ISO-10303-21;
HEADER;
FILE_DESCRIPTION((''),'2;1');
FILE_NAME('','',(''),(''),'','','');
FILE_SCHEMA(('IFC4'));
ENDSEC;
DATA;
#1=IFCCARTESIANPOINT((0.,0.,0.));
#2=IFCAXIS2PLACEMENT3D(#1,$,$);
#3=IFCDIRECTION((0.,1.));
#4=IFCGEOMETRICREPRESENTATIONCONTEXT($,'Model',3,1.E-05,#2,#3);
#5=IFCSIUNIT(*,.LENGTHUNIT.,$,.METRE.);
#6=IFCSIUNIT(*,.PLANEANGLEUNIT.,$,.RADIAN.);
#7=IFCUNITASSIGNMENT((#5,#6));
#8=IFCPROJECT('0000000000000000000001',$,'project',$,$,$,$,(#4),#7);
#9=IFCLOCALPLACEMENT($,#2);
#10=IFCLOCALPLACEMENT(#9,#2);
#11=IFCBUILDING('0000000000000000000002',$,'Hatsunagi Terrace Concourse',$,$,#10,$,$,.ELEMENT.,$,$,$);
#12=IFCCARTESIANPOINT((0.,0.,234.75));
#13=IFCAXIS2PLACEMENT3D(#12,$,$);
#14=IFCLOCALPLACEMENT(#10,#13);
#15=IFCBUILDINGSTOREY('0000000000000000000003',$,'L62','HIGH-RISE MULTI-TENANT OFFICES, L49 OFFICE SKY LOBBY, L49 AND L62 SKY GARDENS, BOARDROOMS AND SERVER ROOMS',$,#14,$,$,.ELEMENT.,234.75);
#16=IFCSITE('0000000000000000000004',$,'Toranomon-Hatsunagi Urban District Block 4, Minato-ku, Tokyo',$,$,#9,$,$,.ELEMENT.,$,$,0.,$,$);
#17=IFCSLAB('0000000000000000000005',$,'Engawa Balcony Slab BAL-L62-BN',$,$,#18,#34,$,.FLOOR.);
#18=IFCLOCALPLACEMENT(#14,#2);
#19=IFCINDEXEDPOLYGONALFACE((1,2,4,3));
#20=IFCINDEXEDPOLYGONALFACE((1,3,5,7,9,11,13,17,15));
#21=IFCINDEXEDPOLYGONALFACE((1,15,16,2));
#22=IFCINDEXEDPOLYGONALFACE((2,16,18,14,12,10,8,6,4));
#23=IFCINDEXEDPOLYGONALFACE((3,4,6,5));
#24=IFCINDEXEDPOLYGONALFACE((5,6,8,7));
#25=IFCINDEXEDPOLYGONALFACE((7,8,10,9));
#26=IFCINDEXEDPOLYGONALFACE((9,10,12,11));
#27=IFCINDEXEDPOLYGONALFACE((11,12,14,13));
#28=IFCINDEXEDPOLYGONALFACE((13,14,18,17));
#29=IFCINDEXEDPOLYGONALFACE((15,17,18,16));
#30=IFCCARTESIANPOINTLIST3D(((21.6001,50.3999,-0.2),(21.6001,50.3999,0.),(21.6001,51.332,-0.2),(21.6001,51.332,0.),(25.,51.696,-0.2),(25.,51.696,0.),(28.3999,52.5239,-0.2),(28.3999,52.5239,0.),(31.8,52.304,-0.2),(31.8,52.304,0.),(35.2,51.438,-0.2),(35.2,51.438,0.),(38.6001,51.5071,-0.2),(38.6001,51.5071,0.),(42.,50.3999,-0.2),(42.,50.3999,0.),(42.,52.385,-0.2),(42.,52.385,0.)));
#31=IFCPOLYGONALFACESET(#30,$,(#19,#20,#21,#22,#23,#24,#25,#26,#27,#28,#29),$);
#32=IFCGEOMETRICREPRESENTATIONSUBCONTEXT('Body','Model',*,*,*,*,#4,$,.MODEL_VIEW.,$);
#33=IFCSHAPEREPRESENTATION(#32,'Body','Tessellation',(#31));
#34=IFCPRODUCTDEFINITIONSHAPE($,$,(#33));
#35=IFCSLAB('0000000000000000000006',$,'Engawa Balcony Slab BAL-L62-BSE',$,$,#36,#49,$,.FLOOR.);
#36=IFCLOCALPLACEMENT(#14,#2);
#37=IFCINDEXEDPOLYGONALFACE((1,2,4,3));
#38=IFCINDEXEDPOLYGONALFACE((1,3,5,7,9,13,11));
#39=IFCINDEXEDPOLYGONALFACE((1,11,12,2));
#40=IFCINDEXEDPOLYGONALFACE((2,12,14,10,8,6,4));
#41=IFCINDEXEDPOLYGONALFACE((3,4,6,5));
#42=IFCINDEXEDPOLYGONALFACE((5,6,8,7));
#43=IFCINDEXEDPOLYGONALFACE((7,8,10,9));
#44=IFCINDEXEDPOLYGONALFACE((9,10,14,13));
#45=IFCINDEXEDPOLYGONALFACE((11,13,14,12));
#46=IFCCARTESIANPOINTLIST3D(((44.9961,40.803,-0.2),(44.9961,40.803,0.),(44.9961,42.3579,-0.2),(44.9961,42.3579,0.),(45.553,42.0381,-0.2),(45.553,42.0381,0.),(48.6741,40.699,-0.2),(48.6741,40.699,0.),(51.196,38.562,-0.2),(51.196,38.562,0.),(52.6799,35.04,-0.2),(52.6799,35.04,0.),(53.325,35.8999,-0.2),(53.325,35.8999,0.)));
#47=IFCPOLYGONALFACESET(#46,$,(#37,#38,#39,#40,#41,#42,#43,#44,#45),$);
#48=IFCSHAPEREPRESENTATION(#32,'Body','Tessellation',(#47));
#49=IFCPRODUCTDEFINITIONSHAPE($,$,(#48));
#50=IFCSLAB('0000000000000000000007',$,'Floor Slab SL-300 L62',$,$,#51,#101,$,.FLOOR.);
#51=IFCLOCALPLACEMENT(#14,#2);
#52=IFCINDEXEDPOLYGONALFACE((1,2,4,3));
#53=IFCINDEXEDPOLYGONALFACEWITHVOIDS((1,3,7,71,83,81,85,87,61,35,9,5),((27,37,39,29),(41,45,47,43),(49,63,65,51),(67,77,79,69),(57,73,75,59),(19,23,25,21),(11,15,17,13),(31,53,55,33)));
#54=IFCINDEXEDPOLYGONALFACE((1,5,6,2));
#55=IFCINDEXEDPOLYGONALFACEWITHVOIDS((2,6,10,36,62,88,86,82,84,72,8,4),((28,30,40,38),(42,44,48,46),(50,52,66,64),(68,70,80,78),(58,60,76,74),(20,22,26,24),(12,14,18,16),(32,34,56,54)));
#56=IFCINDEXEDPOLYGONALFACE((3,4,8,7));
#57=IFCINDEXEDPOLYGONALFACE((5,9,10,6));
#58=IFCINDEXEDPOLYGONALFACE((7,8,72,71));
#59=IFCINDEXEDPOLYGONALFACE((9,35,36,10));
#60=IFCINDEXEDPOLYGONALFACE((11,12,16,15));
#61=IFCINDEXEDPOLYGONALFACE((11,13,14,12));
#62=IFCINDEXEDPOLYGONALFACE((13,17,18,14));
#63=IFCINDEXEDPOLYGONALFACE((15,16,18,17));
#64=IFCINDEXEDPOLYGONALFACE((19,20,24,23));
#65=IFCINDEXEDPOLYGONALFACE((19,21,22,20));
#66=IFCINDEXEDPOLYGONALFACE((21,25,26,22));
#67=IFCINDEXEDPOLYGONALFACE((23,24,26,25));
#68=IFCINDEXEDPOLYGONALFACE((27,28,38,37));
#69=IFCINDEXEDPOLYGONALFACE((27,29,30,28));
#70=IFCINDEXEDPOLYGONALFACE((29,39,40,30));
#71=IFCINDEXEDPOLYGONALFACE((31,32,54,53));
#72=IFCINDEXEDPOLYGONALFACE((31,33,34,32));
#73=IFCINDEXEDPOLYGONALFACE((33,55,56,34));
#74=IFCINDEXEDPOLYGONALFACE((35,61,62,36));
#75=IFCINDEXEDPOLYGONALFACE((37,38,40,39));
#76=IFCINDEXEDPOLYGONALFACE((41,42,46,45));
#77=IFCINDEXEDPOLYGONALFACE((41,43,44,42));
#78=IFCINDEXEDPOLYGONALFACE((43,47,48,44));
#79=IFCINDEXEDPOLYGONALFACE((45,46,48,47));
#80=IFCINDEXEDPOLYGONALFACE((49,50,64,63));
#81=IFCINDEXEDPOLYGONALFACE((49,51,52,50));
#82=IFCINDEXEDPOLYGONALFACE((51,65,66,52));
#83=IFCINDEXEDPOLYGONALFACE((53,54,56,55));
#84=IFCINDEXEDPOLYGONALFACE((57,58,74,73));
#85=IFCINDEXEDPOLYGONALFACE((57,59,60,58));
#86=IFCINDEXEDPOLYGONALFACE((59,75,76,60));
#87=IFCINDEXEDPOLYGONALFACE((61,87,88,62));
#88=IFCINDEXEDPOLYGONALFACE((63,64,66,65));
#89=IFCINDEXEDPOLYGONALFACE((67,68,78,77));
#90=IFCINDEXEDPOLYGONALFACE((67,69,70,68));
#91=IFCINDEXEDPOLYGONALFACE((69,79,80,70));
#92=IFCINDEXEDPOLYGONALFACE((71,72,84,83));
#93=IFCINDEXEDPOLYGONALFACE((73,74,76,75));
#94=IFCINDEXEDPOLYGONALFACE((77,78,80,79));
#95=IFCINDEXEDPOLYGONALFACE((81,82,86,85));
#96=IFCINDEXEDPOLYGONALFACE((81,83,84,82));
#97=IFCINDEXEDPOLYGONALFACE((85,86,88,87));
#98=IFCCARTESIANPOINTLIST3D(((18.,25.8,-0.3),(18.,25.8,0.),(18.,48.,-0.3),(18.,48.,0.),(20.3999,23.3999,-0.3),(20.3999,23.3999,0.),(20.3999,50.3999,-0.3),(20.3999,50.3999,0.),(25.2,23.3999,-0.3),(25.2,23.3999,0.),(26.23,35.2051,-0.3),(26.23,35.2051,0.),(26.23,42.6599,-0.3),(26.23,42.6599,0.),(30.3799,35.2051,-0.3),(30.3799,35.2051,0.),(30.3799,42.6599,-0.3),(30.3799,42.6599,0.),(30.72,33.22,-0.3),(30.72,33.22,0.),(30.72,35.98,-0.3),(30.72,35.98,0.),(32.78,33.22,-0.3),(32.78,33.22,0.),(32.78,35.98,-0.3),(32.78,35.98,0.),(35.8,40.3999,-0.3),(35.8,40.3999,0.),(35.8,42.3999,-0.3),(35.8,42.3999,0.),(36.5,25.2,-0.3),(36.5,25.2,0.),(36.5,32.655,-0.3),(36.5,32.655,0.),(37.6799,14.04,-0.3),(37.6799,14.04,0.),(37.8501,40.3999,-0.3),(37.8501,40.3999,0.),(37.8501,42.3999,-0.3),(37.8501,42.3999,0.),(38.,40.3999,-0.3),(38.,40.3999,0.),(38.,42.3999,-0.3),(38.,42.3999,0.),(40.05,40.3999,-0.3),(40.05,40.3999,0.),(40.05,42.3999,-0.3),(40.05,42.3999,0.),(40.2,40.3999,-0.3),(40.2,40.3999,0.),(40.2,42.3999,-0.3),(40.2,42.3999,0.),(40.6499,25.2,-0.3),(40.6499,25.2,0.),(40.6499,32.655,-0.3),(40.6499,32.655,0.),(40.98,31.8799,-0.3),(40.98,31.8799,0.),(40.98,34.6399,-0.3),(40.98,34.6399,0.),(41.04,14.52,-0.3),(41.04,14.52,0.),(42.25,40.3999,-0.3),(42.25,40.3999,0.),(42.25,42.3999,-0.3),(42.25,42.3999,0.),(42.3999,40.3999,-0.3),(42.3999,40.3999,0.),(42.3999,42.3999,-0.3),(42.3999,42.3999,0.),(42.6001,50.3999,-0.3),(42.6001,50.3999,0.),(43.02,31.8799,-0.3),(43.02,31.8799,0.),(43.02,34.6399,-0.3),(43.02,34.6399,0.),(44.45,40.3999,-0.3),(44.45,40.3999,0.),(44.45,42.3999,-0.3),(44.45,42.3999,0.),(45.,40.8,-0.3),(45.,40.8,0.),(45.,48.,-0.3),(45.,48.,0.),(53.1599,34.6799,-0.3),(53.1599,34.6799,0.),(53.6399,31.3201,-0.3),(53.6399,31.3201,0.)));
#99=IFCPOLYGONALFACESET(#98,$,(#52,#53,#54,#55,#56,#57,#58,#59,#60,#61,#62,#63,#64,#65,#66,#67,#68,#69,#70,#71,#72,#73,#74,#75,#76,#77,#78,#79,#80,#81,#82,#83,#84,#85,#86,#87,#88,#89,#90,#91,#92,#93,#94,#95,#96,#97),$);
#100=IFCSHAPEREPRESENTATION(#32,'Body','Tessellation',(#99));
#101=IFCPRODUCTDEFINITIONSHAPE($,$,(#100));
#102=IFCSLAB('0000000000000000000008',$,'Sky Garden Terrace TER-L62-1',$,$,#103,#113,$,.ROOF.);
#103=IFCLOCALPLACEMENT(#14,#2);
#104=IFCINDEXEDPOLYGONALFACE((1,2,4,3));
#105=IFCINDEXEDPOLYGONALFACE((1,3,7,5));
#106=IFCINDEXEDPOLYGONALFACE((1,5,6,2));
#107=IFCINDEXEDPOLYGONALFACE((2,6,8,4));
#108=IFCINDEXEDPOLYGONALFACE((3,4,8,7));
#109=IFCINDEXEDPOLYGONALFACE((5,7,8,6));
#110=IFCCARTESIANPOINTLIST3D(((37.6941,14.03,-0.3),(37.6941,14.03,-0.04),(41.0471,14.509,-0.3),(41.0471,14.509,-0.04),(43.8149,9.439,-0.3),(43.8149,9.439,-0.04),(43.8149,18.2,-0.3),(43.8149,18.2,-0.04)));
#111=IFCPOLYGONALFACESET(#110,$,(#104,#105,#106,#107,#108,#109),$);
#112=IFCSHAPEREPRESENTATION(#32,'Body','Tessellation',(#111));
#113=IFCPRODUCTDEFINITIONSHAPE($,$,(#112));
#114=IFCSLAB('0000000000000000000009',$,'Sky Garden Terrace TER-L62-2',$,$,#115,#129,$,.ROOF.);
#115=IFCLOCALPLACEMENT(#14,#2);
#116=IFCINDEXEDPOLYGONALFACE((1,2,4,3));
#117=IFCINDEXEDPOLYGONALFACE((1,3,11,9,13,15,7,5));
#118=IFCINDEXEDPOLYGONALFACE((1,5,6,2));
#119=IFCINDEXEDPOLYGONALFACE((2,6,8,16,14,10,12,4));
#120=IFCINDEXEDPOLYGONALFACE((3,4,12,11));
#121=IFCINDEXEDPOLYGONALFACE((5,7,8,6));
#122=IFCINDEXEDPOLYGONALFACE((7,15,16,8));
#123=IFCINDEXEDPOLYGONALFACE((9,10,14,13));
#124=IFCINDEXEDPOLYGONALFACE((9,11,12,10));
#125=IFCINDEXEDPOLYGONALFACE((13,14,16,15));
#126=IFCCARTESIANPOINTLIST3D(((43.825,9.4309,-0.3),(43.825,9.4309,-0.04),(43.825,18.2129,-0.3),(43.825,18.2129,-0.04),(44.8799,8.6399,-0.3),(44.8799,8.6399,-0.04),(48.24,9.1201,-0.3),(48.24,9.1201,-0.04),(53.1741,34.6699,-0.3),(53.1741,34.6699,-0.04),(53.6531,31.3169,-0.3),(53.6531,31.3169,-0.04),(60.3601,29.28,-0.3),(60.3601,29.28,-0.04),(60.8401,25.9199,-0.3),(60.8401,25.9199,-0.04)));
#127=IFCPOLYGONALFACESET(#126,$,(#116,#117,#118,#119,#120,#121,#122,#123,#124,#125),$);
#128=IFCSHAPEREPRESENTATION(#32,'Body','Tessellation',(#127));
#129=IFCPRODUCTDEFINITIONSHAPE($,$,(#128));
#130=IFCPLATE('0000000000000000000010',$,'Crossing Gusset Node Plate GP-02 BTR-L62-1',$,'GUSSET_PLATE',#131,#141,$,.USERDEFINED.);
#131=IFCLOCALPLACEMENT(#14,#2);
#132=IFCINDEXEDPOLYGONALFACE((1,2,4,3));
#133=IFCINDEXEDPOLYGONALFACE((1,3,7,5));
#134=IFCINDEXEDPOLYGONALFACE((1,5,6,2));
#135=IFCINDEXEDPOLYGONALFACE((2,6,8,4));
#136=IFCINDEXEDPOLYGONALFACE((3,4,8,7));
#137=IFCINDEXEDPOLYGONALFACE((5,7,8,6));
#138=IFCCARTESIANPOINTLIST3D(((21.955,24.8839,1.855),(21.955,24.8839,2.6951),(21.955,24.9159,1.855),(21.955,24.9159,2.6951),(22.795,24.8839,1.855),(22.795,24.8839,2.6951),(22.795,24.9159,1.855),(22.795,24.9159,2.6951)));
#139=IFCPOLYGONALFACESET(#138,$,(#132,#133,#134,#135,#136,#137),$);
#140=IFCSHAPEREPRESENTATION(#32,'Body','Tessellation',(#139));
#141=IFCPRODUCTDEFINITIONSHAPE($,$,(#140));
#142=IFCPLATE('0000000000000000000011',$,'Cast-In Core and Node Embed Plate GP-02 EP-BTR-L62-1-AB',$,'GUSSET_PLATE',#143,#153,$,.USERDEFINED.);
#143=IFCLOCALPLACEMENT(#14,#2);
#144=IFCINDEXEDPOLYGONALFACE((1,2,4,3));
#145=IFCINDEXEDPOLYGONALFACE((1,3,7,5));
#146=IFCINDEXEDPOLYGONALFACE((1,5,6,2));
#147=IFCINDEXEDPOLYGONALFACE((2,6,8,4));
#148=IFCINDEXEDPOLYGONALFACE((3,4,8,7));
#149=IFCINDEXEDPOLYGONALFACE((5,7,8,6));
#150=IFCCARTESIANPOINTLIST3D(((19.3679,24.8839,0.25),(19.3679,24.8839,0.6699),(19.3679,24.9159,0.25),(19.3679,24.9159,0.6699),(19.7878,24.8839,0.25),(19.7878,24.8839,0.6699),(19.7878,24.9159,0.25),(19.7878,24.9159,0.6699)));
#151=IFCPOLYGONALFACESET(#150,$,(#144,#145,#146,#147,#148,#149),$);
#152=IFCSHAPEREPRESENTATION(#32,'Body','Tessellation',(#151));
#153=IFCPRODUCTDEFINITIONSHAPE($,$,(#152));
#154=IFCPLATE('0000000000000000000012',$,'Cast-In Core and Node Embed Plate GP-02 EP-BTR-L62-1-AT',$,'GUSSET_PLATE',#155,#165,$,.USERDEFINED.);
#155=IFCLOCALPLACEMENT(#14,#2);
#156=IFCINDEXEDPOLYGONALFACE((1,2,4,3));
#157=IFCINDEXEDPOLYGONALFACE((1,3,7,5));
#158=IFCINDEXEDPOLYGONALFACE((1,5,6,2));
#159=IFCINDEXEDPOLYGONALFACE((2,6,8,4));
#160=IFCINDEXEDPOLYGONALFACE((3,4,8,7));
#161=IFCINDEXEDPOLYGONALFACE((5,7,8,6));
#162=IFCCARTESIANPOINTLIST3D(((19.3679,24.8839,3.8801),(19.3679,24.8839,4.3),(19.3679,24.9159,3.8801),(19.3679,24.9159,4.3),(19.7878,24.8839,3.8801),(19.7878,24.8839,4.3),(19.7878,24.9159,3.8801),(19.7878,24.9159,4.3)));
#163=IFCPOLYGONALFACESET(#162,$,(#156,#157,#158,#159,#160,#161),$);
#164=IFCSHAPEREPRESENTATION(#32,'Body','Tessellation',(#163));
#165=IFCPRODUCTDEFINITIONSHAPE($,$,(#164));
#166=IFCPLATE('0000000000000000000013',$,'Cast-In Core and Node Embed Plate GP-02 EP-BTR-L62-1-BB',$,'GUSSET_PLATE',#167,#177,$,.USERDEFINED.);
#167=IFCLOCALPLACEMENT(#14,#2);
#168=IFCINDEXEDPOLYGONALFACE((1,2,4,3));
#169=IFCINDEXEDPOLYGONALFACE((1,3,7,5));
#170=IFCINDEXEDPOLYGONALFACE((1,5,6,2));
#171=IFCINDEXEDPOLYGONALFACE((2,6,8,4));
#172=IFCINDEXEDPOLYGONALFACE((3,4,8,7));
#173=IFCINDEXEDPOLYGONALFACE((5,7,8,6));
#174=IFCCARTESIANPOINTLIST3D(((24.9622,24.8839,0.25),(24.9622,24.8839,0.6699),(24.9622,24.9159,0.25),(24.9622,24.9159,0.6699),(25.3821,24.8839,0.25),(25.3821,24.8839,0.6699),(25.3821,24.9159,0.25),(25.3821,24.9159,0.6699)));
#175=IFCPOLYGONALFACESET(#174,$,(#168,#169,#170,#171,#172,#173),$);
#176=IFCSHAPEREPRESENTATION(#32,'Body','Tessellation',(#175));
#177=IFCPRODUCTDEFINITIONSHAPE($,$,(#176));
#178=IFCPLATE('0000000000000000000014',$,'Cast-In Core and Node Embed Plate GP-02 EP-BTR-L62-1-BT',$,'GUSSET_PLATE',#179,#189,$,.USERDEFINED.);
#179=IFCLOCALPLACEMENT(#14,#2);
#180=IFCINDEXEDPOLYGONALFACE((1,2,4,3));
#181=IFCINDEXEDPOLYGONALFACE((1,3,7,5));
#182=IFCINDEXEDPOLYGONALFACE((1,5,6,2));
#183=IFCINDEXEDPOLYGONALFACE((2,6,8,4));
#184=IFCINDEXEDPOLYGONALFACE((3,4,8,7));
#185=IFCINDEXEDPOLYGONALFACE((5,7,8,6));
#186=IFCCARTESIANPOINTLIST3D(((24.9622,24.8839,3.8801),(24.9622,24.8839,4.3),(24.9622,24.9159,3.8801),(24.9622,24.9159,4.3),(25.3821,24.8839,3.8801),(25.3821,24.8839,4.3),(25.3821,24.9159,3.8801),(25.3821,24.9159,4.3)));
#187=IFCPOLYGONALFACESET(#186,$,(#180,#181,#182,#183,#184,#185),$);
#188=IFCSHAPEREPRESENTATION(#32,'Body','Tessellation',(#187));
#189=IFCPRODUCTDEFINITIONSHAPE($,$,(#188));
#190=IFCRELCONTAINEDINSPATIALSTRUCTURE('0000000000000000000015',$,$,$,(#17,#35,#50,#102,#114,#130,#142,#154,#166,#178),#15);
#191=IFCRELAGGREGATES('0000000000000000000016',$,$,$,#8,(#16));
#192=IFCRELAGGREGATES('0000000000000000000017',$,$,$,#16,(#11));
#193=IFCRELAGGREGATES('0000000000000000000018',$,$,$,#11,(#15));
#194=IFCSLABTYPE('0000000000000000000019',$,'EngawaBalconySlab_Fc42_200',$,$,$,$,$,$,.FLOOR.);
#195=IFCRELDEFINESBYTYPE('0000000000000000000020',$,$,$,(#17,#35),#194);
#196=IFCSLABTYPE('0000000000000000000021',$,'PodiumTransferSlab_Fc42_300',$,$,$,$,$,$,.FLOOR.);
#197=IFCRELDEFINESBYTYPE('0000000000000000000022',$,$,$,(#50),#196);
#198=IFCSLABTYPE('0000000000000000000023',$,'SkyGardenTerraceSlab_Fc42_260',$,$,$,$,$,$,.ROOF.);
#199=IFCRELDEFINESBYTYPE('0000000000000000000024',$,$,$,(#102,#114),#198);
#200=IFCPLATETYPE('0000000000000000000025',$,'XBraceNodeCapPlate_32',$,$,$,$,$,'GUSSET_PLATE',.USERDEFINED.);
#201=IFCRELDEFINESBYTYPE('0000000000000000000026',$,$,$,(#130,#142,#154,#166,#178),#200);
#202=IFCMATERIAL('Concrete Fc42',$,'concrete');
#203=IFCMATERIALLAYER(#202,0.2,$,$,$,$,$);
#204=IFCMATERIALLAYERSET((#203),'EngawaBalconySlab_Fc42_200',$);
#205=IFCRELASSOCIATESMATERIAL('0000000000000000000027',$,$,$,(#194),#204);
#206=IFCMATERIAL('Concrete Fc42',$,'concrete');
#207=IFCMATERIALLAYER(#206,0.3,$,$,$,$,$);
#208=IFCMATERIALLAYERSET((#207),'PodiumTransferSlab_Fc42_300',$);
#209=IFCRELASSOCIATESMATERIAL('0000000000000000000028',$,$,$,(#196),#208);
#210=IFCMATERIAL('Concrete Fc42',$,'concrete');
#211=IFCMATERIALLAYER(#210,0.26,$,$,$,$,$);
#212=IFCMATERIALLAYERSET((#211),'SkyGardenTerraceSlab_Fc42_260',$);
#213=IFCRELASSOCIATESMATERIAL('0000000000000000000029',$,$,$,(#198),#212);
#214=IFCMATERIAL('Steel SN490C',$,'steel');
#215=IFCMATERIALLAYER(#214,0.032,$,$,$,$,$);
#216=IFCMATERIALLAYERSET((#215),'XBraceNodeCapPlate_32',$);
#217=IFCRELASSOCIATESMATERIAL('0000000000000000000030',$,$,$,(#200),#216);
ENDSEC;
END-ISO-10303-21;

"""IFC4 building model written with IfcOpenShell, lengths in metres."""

from ifc_helpers import new_model, si_unit, direction, frame, origin, origin_2d, place, context, subcontext, project, spatial, polyline, rectangle, outline, extrude, material, layer, layer_set, type_object, element, save


model = new_model("IFC4")

# Units and contexts
model_context = context("Model", 3, precision=1e-05, world=origin(), true_north=direction((0.0, 1.0)))
body_context = subcontext(model_context, "Body", "Model", "MODEL_VIEW")
ifc_project = project(units=[si_unit("LENGTHUNIT", "METRE"), si_unit("PLANEANGLEUNIT", "RADIAN")], contexts=[model_context])

# Site, building, storey
site_placement = place(None, origin())
site = spatial("IfcSite", under=ifc_project, at=site_placement, Name="Toranomon-Hatsunagi Urban District Block 4, Minato-ku, Tokyo", CompositionType="ELEMENT", RefElevation=0.0)
building_placement = place(site_placement, origin())
building = spatial("IfcBuilding", under=site, at=building_placement, Name="Hatsunagi Terrace Concourse", CompositionType="ELEMENT")
storey_placement = place(building_placement, frame((0.0, 0.0, 234.75)))
storey = spatial("IfcBuildingStorey", under=building, at=storey_placement, Name="L62", Description="HIGH-RISE MULTI-TENANT OFFICES, L49 OFFICE SKY LOBBY, L49 AND L62 SKY GARDENS, BOARDROOMS AND SERVER ROOMS", CompositionType="ELEMENT", Elevation=234.75)

# Slabs
ifc_material_1 = material(Name="Concrete Fc42", Category="concrete")
ifc_layer_1 = layer(ifc_material_1, 0.2)
ifc_layer_set_1 = layer_set([ifc_layer_1], Name="EngawaBalconySlab_Fc42_200")
slab_type_1 = type_object("IfcSlabType", Name="EngawaBalconySlab_Fc42_200", PredefinedType="FLOOR", material=ifc_layer_set_1)
slab_1_placement = place(storey_placement, frame((0.0, 0.0, -0.2)))
element("IfcSlab", 1, at=slab_1_placement, inside=storey, type_object=slab_type_1, Name="Engawa Balcony Slab BAL-L62-BN", PredefinedType="FLOOR", context=body_context, shape_type="SweptSolid", body=[
    extrude(outline(polyline([(21.6001, 51.332), (21.6001, 50.3999), (42.0, 50.3999), (42.0, 52.385), (38.6001, 51.5071), (35.2, 51.438), (31.8, 52.304), (28.3999, 52.5239), (25.0, 51.696), (21.6001, 51.332)])), origin(), (0.0, 0.0, 1.0), 0.2),
])
slab_2_placement = place(storey_placement, frame((0.0, 0.0, -0.2)))
element("IfcSlab", 2, at=slab_2_placement, inside=storey, type_object=slab_type_1, Name="Engawa Balcony Slab BAL-L62-BSE", PredefinedType="FLOOR", context=body_context, shape_type="SweptSolid", body=[
    extrude(outline(polyline([(45.553, 42.0381), (44.9961, 42.3579), (44.9961, 40.803), (52.6799, 35.04), (53.325, 35.8999), (51.196, 38.562), (48.6741, 40.699), (45.553, 42.0381)])), origin(), (0.0, 0.0, 1.0), 0.2),
])
ifc_material_2 = material(Name="Concrete Fc42", Category="concrete")
ifc_layer_2 = layer(ifc_material_2, 0.3)
ifc_layer_set_2 = layer_set([ifc_layer_2], Name="PodiumTransferSlab_Fc42_300")
slab_type_2 = type_object("IfcSlabType", Name="PodiumTransferSlab_Fc42_300", PredefinedType="FLOOR", material=ifc_layer_set_2)
slab_3_placement = place(storey_placement, frame((0.0, 0.0, -0.3)))
element("IfcSlab", 3, at=slab_3_placement, inside=storey, type_object=slab_type_2, Name="Floor Slab SL-300 L62", PredefinedType="FLOOR", context=body_context, shape_type="SweptSolid", body=[
    extrude(outline(polyline([(45.0, 40.8), (45.0, 48.0), (42.6001, 50.3999), (20.3999, 50.3999), (18.0, 48.0), (18.0, 25.8), (20.3999, 23.3999), (25.2, 23.3999), (37.6799, 14.04), (41.04, 14.52), (53.6399, 31.3201), (53.1599, 34.6799), (45.0, 40.8)]), holes=[polyline([(26.23, 35.2051), (30.3799, 35.2051), (30.3799, 42.6599), (26.23, 42.6599), (26.23, 35.2051)]), polyline([(36.5, 25.2), (40.6499, 25.2), (40.6499, 32.655), (36.5, 32.655), (36.5, 25.2)]), polyline([(30.72, 33.22), (32.78, 33.22), (32.78, 35.98), (30.72, 35.98), (30.72, 33.22)]), polyline([(40.98, 31.8799), (43.02, 31.8799), (43.02, 34.6399), (40.98, 34.6399), (40.98, 31.8799)]), polyline([(35.8, 40.3999), (37.8501, 40.3999), (37.8501, 42.3999), (35.8, 42.3999), (35.8, 40.3999)]), polyline([(38.0, 40.3999), (40.05, 40.3999), (40.05, 42.3999), (38.0, 42.3999), (38.0, 40.3999)]), polyline([(40.2, 40.3999), (42.25, 40.3999), (42.25, 42.3999), (40.2, 42.3999), (40.2, 40.3999)]), polyline([(42.3999, 40.3999), (44.45, 40.3999), (44.45, 42.3999), (42.3999, 42.3999), (42.3999, 40.3999)])]), origin(), (0.0, 0.0, 1.0), 0.3),
])
ifc_material_3 = material(Name="Concrete Fc42", Category="concrete")
ifc_layer_3 = layer(ifc_material_3, 0.26)
ifc_layer_set_3 = layer_set([ifc_layer_3], Name="SkyGardenTerraceSlab_Fc42_260")
slab_type_3 = type_object("IfcSlabType", Name="SkyGardenTerraceSlab_Fc42_260", PredefinedType="ROOF", material=ifc_layer_set_3)
slab_4_placement = place(storey_placement, frame((0.0, 0.0, -0.3)))
element("IfcSlab", 4, at=slab_4_placement, inside=storey, type_object=slab_type_3, Name="Sky Garden Terrace TER-L62-1", PredefinedType="ROOF", context=body_context, shape_type="SweptSolid", body=[
    extrude(outline(polyline([(37.6941, 14.03), (43.8149, 9.439), (43.8149, 18.2), (41.0471, 14.509), (37.6941, 14.03)])), origin(), (0.0, 0.0, 1.0), 0.26),
])
slab_5_placement = place(storey_placement, frame((0.0, 0.0, -0.3)))
element("IfcSlab", 5, at=slab_5_placement, inside=storey, type_object=slab_type_3, Name="Sky Garden Terrace TER-L62-2", PredefinedType="ROOF", context=body_context, shape_type="SweptSolid", body=[
    extrude(outline(polyline([(60.8401, 25.9199), (60.3601, 29.28), (53.1741, 34.6699), (53.6531, 31.3169), (43.825, 18.2129), (43.825, 9.4309), (44.8799, 8.6399), (48.24, 9.1201), (60.8401, 25.9199)])), origin(), (0.0, 0.0, 1.0), 0.26),
])

# Plates
ifc_material_4 = material(Name="Steel SN490C", Category="steel")
ifc_layer_4 = layer(ifc_material_4, 0.032)
ifc_layer_set_4 = layer_set([ifc_layer_4], Name="XBraceNodeCapPlate_32")
plate_type = type_object("IfcPlateType", Name="XBraceNodeCapPlate_32", ElementType="GUSSET_PLATE", PredefinedType="USERDEFINED", material=ifc_layer_set_4)
plate_placement = place(storey_placement, frame((22.375, 24.8999, 1.855), z_axis=(0.0, 0.0, 1.0), x_axis=(1.0, 0.0, 0.0)))
element("IfcPlate", 6, at=plate_placement, inside=storey, type_object=plate_type, Name="Crossing Gusset Node Plate GP-02 BTR-L62-1", ObjectType="GUSSET_PLATE", PredefinedType="USERDEFINED", context=body_context, shape_type="SweptSolid", body=[
    extrude(rectangle(XDim=0.8401, YDim=0.032, at=origin_2d()), origin(), (0.0, 0.0, 1.0), 0.8401),
])
for number, where, z_axis, x_axis, name in (
    (7, (19.5779, 24.8999, 0.25), (0.0, 0.0, 1.0), (1.0, 0.0, 0.0), "Cast-In Core and Node Embed Plate GP-02 EP-BTR-L62-1-AB"),
    (8, (19.5779, 24.8999, 3.8801), (0.0, 0.0, 1.0), (1.0, 0.0, 0.0), "Cast-In Core and Node Embed Plate GP-02 EP-BTR-L62-1-AT"),
    (9, (25.1721, 24.8999, 0.25), (0.0, 0.0, 1.0), (1.0, 0.0, 0.0), "Cast-In Core and Node Embed Plate GP-02 EP-BTR-L62-1-BB"),
    (10, (25.1721, 24.8999, 3.8801), (0.0, 0.0, 1.0), (1.0, 0.0, 0.0), "Cast-In Core and Node Embed Plate GP-02 EP-BTR-L62-1-BT"),
):
    element("IfcPlate", number, at=place(storey_placement, frame(where, z_axis=z_axis, x_axis=x_axis)), inside=storey, type_object=plate_type, Name=name, ObjectType="GUSSET_PLATE", PredefinedType="USERDEFINED", context=body_context, shape_type="SweptSolid", body=[
        extrude(rectangle(XDim=0.4199, YDim=0.032, at=origin_2d()), origin(), (0.0, 0.0, 1.0), 0.4199),
    ])

save(model, "model.ifc")
